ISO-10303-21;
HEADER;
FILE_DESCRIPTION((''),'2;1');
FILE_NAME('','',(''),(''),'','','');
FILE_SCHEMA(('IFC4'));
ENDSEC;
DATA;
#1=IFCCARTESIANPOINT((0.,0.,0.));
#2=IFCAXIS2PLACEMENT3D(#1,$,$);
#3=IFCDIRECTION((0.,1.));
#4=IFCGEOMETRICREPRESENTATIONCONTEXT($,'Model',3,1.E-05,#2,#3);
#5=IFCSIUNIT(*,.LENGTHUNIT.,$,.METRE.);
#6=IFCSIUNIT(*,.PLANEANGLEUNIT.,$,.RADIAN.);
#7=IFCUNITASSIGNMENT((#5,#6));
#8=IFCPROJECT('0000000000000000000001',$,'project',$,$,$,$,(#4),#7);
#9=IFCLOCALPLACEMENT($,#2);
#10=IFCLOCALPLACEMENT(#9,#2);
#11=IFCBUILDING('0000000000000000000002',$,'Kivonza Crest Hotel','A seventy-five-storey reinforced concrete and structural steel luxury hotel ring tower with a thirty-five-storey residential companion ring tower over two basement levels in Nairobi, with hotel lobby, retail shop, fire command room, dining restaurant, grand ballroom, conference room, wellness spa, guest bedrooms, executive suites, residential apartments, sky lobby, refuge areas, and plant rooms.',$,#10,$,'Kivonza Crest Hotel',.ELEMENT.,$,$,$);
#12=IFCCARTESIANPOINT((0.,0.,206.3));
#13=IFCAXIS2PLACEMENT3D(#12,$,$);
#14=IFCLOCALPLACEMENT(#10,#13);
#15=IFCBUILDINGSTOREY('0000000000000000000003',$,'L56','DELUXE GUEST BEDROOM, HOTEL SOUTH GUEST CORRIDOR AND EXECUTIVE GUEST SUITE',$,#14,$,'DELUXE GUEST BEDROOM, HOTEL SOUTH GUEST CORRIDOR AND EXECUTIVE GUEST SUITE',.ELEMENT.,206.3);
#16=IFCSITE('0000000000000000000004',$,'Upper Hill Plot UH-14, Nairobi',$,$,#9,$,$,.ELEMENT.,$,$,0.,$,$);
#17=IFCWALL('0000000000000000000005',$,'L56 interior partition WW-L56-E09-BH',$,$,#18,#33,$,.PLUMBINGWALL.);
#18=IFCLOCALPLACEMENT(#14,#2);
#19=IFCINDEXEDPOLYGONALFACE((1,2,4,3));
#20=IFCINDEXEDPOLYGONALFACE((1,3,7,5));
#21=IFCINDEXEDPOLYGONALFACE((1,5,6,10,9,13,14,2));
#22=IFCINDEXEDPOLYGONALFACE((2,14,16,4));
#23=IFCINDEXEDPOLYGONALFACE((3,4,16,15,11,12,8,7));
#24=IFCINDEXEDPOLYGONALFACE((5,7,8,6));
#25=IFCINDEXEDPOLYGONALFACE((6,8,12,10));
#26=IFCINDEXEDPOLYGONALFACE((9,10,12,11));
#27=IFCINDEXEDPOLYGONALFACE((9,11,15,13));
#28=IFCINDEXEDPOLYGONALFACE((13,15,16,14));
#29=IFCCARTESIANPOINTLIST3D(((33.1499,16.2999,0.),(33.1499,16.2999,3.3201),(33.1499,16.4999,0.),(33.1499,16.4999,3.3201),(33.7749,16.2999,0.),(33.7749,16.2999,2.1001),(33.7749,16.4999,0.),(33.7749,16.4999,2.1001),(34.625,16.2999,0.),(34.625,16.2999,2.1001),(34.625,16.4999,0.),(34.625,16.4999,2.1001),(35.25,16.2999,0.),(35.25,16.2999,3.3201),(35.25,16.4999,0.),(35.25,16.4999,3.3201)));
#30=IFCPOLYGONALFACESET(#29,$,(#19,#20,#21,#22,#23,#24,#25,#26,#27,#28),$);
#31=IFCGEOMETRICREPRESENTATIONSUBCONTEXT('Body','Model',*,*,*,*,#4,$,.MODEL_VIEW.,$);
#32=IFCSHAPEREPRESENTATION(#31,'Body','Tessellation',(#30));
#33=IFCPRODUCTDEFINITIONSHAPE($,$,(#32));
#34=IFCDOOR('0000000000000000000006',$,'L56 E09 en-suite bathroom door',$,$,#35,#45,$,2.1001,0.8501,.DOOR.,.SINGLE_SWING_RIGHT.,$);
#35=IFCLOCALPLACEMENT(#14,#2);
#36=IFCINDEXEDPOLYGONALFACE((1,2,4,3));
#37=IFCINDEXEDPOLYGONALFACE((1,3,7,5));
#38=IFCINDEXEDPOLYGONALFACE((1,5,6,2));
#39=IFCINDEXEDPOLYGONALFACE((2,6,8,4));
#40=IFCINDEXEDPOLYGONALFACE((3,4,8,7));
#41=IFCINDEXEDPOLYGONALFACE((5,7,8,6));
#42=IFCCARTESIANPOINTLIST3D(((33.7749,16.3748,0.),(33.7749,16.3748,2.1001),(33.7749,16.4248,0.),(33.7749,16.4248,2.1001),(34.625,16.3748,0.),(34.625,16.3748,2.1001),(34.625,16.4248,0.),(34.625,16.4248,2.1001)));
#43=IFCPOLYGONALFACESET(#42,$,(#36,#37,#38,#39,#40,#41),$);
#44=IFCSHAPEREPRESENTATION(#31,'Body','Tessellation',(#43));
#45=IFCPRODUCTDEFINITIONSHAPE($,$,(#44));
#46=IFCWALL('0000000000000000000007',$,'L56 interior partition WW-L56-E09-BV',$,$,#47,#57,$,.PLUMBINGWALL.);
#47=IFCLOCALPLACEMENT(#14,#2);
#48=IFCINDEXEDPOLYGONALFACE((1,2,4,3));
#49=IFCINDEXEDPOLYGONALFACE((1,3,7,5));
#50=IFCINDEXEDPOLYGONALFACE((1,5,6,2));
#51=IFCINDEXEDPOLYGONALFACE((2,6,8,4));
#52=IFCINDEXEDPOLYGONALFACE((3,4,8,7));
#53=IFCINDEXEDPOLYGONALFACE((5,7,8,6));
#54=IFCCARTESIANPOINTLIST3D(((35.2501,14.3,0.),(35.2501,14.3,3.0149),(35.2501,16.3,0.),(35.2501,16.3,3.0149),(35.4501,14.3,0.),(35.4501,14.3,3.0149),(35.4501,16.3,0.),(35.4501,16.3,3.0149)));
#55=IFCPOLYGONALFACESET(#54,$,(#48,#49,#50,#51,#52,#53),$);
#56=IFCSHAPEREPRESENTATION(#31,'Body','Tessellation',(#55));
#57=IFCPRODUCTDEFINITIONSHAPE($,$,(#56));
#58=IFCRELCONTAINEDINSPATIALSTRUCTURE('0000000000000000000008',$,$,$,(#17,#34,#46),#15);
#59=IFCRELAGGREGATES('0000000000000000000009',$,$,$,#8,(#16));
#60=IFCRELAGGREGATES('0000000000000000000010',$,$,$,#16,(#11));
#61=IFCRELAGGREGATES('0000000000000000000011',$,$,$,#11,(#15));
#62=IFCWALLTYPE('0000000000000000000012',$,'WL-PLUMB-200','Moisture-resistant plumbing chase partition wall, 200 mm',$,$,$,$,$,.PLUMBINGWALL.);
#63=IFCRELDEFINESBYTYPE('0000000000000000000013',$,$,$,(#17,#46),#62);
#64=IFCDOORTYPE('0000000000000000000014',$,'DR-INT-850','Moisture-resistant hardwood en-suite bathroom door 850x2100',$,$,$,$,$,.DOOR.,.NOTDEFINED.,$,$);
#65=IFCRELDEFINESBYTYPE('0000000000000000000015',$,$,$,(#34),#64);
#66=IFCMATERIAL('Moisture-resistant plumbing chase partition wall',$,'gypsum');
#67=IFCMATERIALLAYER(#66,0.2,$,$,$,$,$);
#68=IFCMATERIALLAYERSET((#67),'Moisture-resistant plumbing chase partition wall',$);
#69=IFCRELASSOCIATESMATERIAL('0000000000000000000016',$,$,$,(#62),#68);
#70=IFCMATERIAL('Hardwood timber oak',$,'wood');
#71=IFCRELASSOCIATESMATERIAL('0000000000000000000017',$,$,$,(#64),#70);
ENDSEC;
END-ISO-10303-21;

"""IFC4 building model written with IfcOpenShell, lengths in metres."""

from ifc_helpers import new_model, si_unit, direction, frame, frame_2d, origin, place, context, subcontext, project, spatial, rectangle, extrude, material, layer, layer_set, type_object, element, fill, save


model = new_model("IFC4")

# Units and contexts
model_context = context("Model", 3, precision=1e-05, world=origin(), true_north=direction((0.0, 1.0)))
body_context = subcontext(model_context, "Body", "Model", "MODEL_VIEW")
ifc_project = project(units=[si_unit("LENGTHUNIT", "METRE"), si_unit("PLANEANGLEUNIT", "RADIAN")], contexts=[model_context])

# Site, building, storey
site_placement = place(None, origin())
site = spatial("IfcSite", under=ifc_project, at=site_placement, Name="Upper Hill Plot UH-14, Nairobi", CompositionType="ELEMENT", RefElevation=0.0)
building_placement = place(site_placement, origin())
building = spatial("IfcBuilding", under=site, at=building_placement, Name="Kivonza Crest Hotel", Description="A seventy-five-storey reinforced concrete and structural steel luxury hotel ring tower with a thirty-five-storey residential companion ring tower over two basement levels in Nairobi, with hotel lobby, retail shop, fire command room, dining restaurant, grand ballroom, conference room, wellness spa, guest bedrooms, executive suites, residential apartments, sky lobby, refuge areas, and plant rooms.", LongName="Kivonza Crest Hotel", CompositionType="ELEMENT")
storey_placement = place(building_placement, frame((0.0, 0.0, 206.3)))
storey = spatial("IfcBuildingStorey", under=building, at=storey_placement, Name="L56", Description="DELUXE GUEST BEDROOM, HOTEL SOUTH GUEST CORRIDOR AND EXECUTIVE GUEST SUITE", LongName="DELUXE GUEST BEDROOM, HOTEL SOUTH GUEST CORRIDOR AND EXECUTIVE GUEST SUITE", CompositionType="ELEMENT", Elevation=206.3)

# Shared definitions
ifc_material_1 = material(Name="Hardwood timber oak", Category="wood")

# Wall, opening, door
ifc_material_2 = material(Name="Moisture-resistant plumbing chase partition wall", Category="gypsum")
ifc_layer_1 = layer(ifc_material_2, 0.2)
ifc_layer_set_1 = layer_set([ifc_layer_1], Name="Moisture-resistant plumbing chase partition wall")
wall_type_1 = type_object("IfcWallType", Name="WL-PLUMB-200", Description="Moisture-resistant plumbing chase partition wall, 200 mm", PredefinedType="PLUMBINGWALL", material=ifc_layer_set_1)
wall_1_placement = place(storey_placement, frame((33.1499, 16.3999, 0.0), z_axis=(0.0, 0.0, 1.0), x_axis=(1.0, 0.0, 0.0)))
wall_1 = element("IfcWall", 1, at=wall_1_placement, inside=storey, type_object=wall_type_1, Name="L56 interior partition WW-L56-E09-BH", PredefinedType="PLUMBINGWALL", context=body_context, shape_type="SweptSolid", body=[
    extrude(rectangle(XDim=2.1001, YDim=0.2, at=frame_2d((1.05, 0.0))), origin(), (0.0, 0.0, 1.0), 3.3201),
])
opening_1_placement = place(wall_1_placement, frame((0.625, 0.0, 0.0)))
opening_1 = element("IfcOpeningElement", 2, at=opening_1_placement, cuts=wall_1, PredefinedType="OPENING", context=body_context, shape_type="SweptSolid", body=[
    extrude(rectangle(XDim=0.8501, YDim=2.1001, at=frame_2d((0.425, 1.05))), frame((0.0, 0.1099, 0.0), z_axis=(0.0, -1.0, 0.0), x_axis=(1.0, 0.0, 0.0)), (0.0, 0.0, 1.0), 0.22),
])
door_type_1 = type_object("IfcDoorType", Name="DR-INT-850", Description="Moisture-resistant hardwood en-suite bathroom door 850x2100", OperationType="NOTDEFINED", PredefinedType="DOOR", material=ifc_material_1)
door_1_placement = place(opening_1_placement, origin())
door_1 = element("IfcDoor", 3, at=door_1_placement, inside=storey, type_object=door_type_1, Name="L56 E09 en-suite bathroom door", OperationType="SINGLE_SWING_RIGHT", OverallHeight=2.1001, OverallWidth=0.8501, PredefinedType="DOOR", context=body_context, shape_type="SweptSolid", body=[
    extrude(rectangle(XDim=0.8501, YDim=2.1001, at=frame_2d((0.425, 1.05))), frame((0.0, 0.0249, 0.0), z_axis=(0.0, -1.0, 0.0), x_axis=(1.0, 0.0, 0.0)), (0.0, 0.0, 1.0), 0.05),
])
fill(opening_1, door_1)

# Wall
wall_2_placement = place(storey_placement, frame((35.3501, 14.3, 0.0), z_axis=(0.0, 0.0, 1.0), x_axis=(0.0, 1.0, 0.0)))
element("IfcWall", 4, at=wall_2_placement, inside=storey, type_object=wall_type_1, Name="L56 interior partition WW-L56-E09-BV", PredefinedType="PLUMBINGWALL", context=body_context, shape_type="SweptSolid", body=[
    extrude(rectangle(XDim=2.0, YDim=0.2, at=frame_2d((1.0, 0.0))), origin(), (0.0, 0.0, 1.0), 3.0149),
])

save(model, "model.ifc")
